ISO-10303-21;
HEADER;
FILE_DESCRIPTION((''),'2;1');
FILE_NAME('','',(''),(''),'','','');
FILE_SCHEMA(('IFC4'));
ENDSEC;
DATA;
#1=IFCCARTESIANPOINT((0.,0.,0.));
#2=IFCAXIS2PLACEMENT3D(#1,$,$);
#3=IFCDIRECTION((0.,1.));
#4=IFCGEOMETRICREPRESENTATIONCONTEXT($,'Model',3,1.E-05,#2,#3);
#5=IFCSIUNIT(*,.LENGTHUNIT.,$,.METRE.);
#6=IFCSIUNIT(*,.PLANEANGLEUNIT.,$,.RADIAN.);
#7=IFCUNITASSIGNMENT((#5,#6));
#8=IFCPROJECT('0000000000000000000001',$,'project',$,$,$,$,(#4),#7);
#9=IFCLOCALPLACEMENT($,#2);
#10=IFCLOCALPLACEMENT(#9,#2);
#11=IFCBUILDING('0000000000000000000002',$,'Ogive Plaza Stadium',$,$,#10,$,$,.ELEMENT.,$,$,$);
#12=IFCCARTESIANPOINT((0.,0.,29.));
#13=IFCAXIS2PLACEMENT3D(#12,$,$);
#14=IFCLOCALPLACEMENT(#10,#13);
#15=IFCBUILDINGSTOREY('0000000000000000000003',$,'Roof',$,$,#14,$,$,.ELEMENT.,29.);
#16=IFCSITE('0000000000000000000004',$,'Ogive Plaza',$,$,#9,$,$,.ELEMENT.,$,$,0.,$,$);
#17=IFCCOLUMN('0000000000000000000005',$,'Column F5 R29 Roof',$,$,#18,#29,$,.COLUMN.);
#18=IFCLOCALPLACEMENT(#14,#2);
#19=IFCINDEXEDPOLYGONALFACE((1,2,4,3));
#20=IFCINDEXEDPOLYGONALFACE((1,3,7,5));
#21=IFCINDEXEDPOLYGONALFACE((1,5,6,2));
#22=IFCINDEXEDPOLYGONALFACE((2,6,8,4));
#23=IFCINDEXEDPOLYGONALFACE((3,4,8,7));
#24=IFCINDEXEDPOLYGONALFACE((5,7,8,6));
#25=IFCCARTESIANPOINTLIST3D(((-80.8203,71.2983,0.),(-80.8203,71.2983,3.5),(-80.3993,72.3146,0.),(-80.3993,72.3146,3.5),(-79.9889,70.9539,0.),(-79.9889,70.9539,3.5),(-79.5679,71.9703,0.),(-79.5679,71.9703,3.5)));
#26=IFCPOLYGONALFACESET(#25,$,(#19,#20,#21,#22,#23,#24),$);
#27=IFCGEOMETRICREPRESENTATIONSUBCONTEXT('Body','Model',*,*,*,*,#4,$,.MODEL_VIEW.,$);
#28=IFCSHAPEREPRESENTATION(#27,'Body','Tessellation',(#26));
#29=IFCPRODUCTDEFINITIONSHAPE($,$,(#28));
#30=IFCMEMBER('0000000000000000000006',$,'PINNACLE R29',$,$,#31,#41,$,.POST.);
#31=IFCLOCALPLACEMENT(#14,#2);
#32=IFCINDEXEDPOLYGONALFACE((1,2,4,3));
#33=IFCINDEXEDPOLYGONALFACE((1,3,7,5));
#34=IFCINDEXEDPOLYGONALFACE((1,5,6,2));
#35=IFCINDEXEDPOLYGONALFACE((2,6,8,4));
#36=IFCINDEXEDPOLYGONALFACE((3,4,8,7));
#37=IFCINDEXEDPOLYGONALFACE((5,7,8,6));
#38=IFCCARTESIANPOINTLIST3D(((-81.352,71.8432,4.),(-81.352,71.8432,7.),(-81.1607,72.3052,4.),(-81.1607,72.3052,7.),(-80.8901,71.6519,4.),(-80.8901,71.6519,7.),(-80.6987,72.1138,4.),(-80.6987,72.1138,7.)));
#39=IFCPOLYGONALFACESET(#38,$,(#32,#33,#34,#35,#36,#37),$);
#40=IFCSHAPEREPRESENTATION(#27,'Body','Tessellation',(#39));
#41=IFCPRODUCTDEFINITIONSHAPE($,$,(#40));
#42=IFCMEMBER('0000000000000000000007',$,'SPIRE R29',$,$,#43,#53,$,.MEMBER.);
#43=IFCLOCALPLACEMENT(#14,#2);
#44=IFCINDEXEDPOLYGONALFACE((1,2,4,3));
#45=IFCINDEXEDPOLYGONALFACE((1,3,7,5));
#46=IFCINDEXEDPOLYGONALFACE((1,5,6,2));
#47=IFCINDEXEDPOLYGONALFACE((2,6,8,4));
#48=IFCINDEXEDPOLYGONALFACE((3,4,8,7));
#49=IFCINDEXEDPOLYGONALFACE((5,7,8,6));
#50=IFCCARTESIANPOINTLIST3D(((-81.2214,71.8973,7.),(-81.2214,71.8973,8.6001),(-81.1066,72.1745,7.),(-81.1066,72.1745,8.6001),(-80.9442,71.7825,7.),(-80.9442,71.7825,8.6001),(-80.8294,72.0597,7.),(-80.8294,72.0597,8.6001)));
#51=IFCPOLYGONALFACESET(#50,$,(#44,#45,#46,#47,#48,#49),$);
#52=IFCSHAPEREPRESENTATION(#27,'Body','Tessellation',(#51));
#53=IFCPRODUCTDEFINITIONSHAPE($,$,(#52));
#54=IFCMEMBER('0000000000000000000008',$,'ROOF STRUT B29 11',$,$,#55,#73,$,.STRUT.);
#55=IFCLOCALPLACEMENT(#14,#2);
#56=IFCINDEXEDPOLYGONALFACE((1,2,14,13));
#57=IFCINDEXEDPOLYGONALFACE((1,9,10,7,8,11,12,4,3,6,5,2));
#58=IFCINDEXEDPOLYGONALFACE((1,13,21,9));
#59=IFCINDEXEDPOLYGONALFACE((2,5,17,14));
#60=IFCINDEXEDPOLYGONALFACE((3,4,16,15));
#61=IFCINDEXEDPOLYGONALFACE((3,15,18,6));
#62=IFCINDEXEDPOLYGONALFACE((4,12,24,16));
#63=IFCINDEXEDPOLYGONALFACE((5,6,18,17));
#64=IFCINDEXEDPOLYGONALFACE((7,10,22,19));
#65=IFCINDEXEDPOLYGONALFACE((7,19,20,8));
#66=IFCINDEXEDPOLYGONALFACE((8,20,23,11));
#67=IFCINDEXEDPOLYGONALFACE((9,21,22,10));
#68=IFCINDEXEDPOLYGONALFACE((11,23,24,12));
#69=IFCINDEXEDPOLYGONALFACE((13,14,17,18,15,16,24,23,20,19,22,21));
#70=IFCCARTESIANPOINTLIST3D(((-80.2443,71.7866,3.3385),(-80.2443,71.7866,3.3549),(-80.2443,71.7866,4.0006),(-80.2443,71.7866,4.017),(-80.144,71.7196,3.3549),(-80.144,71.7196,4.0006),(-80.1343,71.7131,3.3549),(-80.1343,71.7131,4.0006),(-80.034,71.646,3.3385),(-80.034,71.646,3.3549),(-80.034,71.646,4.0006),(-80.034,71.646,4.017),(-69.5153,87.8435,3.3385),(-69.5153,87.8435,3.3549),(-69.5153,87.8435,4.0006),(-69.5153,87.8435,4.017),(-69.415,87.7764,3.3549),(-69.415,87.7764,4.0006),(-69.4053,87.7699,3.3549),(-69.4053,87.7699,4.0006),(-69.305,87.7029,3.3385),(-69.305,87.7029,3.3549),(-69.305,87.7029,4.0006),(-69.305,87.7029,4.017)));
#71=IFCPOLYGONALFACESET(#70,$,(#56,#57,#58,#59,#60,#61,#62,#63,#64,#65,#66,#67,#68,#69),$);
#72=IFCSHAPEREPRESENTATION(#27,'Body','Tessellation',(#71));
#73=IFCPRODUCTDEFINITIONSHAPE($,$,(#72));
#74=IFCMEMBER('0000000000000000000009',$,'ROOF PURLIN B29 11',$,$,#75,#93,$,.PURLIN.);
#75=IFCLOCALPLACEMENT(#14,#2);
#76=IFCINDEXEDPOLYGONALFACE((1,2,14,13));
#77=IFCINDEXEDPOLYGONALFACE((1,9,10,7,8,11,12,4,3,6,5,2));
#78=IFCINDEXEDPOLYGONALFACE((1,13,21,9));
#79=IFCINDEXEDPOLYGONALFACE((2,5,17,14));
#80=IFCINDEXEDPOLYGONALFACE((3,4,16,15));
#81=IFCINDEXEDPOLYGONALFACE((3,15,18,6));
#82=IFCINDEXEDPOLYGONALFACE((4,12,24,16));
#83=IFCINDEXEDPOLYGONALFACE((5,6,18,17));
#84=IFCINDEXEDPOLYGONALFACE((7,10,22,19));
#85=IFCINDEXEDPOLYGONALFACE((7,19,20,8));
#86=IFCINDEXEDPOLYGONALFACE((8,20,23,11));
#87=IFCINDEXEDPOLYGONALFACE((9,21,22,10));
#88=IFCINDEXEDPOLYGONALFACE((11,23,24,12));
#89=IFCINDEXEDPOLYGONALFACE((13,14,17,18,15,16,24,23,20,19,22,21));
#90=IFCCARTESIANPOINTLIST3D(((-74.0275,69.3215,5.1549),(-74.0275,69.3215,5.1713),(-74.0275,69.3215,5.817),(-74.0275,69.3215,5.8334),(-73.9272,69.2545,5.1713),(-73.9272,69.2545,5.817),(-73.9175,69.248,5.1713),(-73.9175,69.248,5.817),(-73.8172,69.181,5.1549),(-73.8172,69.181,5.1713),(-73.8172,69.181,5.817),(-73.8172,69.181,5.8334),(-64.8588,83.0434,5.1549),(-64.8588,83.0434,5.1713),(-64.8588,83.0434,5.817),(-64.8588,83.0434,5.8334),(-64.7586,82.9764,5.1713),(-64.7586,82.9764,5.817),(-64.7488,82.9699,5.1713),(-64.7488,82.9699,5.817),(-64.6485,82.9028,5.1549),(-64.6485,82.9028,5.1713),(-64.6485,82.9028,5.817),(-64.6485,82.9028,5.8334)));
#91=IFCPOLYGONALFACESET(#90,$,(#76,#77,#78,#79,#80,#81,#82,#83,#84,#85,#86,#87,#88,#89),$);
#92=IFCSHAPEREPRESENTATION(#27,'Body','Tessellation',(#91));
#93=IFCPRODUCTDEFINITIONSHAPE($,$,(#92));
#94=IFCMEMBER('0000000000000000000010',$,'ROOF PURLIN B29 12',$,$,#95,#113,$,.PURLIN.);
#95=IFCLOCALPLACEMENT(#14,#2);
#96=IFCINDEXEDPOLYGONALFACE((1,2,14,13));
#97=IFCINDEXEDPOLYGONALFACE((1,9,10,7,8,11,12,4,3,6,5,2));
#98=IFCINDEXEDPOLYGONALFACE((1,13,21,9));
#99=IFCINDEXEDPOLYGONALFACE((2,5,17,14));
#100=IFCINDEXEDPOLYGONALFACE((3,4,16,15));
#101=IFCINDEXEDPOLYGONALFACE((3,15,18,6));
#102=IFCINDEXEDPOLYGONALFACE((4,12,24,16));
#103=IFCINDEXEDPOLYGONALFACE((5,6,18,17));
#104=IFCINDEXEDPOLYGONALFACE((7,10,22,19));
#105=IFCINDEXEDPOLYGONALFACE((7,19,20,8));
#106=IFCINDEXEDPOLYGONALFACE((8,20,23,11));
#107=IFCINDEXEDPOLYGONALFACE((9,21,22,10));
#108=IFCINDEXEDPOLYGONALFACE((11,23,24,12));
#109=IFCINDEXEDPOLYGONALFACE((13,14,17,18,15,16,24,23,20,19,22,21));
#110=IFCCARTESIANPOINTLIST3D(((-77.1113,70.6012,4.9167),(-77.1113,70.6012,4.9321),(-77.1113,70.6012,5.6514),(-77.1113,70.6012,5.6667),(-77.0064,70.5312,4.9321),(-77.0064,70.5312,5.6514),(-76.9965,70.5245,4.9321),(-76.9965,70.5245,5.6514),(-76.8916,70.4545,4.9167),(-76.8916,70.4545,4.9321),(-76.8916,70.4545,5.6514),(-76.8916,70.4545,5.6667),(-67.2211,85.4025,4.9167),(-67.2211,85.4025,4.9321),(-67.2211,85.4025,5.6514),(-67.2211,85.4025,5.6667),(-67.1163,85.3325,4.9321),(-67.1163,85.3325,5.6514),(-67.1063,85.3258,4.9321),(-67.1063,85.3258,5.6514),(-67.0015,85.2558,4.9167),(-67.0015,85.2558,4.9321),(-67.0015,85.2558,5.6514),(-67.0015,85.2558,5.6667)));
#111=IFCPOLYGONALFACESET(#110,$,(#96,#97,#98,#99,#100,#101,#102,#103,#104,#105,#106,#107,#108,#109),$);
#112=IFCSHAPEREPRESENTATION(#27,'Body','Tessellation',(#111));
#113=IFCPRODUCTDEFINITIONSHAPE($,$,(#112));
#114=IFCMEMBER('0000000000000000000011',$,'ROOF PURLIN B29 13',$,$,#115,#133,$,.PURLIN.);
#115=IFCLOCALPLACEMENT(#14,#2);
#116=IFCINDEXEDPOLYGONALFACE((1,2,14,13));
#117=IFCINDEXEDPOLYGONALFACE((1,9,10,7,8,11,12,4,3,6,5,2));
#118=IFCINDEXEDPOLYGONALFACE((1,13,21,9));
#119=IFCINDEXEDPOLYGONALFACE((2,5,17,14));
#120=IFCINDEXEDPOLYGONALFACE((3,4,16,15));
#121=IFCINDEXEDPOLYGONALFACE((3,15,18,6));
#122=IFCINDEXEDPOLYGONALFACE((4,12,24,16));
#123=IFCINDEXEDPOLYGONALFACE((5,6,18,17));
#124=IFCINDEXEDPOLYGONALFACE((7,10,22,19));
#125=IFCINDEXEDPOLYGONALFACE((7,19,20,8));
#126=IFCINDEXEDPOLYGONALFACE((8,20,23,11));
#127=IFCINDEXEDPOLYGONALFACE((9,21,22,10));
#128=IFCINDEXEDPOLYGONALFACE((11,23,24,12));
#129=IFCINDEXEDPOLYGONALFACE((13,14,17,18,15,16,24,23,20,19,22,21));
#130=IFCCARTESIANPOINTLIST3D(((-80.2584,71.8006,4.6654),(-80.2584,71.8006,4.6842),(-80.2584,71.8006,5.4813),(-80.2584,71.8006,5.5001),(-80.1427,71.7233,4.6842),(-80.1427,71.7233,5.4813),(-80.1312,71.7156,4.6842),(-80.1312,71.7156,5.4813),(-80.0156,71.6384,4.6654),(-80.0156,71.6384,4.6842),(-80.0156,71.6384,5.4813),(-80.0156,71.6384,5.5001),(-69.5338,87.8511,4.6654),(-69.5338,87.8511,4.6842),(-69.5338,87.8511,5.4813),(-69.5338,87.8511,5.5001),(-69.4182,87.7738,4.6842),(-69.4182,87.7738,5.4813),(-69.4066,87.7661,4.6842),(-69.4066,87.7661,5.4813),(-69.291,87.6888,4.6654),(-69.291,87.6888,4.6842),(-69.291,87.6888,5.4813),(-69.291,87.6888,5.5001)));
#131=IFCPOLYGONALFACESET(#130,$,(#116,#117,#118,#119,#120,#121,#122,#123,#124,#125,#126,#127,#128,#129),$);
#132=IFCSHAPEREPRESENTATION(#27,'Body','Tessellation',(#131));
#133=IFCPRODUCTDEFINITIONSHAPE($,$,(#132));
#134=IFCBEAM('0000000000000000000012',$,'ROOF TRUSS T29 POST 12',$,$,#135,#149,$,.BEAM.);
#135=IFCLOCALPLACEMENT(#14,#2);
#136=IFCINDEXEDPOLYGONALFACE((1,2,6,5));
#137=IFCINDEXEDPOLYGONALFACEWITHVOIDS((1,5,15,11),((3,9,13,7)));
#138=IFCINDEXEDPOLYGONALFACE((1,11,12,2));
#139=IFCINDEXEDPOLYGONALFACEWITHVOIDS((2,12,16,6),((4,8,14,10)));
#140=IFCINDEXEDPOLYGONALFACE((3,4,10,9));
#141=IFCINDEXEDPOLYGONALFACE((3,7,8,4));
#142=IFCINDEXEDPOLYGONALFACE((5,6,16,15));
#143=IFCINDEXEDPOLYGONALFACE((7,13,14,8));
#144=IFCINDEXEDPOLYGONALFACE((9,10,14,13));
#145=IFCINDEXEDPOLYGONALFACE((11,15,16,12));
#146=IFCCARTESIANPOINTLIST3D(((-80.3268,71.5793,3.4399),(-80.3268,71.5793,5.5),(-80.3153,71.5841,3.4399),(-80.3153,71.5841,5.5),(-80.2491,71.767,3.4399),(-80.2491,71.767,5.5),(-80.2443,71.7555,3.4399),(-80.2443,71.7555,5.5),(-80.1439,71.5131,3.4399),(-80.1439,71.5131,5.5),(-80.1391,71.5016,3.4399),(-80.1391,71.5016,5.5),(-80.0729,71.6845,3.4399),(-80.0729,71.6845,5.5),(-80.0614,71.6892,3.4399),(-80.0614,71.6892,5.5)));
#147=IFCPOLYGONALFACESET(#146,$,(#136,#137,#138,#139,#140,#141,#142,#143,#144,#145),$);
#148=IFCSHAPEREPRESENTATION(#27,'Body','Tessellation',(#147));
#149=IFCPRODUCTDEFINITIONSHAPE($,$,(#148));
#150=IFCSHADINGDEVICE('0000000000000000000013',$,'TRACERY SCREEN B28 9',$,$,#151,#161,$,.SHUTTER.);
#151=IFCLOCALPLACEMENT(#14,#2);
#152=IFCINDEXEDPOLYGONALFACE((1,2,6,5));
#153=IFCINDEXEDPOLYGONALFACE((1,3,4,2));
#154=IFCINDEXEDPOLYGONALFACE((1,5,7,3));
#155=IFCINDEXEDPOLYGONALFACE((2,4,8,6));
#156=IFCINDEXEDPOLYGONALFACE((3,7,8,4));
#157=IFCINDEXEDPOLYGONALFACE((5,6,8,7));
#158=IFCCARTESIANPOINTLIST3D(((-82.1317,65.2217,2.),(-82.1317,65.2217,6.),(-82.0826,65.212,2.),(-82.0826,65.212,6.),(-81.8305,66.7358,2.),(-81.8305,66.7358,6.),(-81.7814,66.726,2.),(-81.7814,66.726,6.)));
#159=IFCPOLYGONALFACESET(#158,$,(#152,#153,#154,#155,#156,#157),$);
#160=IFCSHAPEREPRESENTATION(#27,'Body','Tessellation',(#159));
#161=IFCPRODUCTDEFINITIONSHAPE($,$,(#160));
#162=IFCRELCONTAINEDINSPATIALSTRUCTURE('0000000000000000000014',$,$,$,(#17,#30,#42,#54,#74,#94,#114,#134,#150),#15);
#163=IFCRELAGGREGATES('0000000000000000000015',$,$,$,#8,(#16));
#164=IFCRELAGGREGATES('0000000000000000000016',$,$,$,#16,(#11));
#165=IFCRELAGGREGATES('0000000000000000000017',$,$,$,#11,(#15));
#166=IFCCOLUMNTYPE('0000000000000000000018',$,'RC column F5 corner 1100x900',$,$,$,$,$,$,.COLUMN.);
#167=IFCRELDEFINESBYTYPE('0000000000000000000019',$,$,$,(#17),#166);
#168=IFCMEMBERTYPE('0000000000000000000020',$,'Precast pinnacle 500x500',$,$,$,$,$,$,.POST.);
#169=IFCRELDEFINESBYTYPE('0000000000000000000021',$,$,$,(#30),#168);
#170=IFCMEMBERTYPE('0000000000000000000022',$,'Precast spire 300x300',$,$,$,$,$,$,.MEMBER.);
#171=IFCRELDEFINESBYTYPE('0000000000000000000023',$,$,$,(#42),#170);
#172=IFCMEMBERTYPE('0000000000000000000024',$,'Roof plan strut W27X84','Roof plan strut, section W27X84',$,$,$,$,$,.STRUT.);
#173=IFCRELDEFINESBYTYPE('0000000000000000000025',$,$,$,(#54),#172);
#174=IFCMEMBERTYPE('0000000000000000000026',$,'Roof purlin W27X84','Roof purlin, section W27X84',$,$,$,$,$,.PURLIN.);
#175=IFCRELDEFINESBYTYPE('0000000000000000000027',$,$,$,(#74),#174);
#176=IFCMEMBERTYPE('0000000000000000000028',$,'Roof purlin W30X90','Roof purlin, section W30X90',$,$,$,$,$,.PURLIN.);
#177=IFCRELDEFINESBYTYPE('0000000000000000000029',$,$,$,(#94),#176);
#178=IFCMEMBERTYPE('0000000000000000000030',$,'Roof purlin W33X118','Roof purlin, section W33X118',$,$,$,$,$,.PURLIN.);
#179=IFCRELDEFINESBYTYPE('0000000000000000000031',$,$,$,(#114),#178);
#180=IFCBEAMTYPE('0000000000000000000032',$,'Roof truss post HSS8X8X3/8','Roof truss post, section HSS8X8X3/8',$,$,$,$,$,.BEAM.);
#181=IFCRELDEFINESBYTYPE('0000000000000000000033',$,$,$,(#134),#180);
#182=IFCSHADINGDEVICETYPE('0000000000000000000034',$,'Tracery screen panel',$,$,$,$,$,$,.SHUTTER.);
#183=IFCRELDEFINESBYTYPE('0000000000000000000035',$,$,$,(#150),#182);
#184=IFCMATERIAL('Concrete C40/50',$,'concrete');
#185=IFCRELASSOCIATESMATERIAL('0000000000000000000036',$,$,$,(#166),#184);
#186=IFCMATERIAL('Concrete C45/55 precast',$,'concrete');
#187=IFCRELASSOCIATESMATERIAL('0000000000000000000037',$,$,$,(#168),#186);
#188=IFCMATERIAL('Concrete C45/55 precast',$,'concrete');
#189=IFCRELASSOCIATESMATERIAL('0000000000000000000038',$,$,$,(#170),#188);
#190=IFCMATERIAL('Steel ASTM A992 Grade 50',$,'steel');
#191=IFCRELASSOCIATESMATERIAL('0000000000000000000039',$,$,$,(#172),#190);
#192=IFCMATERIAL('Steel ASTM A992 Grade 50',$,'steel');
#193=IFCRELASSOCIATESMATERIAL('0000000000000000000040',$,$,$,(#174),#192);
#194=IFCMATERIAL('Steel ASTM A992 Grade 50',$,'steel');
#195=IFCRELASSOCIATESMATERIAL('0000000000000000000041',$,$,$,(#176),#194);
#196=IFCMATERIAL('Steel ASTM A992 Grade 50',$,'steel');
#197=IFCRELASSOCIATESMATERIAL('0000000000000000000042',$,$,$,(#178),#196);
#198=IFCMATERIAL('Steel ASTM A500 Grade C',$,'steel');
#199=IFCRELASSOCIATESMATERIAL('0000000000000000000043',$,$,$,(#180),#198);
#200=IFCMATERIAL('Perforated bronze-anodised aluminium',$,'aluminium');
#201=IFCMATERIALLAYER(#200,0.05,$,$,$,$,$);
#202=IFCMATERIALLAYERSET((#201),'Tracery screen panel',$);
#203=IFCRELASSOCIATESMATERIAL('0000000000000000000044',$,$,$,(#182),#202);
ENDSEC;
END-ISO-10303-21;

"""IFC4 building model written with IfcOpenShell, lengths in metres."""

from ifc_helpers import new_model, si_unit, direction, frame, origin, origin_2d, place, context, subcontext, project, spatial, rectangle, hollow_rectangle, i_section, extrude, material, layer, layer_set, material_profile, profile_set, type_object, element, save


model = new_model("IFC4")

# Units and contexts
model_context = context("Model", 3, precision=1e-05, world=origin(), true_north=direction((0.0, 1.0)))
body_context = subcontext(model_context, "Body", "Model", "MODEL_VIEW")
ifc_project = project(units=[si_unit("LENGTHUNIT", "METRE"), si_unit("PLANEANGLEUNIT", "RADIAN")], contexts=[model_context])

# Site, building, storey
site_placement = place(None, origin())
site = spatial("IfcSite", under=ifc_project, at=site_placement, Name="Ogive Plaza", CompositionType="ELEMENT", RefElevation=0.0)
building_placement = place(site_placement, origin())
building = spatial("IfcBuilding", under=site, at=building_placement, Name="Ogive Plaza Stadium", CompositionType="ELEMENT")
storey_placement = place(building_placement, frame((0.0, 0.0, 29.0)))
storey = spatial("IfcBuildingStorey", under=building, at=storey_placement, Name="Roof", CompositionType="ELEMENT", Elevation=29.0)

# Column
ifc_material_1 = material(Name="Concrete C40/50", Category="concrete")
ifc_material_profile_1 = material_profile(ifc_material_1, rectangle(XDim=1.1001, YDim=0.8999, at=origin_2d()), Name="RC 1100x900")
ifc_profile_set_1 = profile_set([ifc_material_profile_1], Name="Concrete C40/50")
column_type = type_object("IfcColumnType", Name="RC column F5 corner 1100x900", PredefinedType="COLUMN", material=ifc_profile_set_1)
column_placement = place(storey_placement, frame((-80.1941, 71.6343, 0.0), z_axis=(0.0, 0.0, 1.0), x_axis=(-0.382683, -0.92388, 0.0)))
element("IfcColumn", 1, at=column_placement, inside=storey, type_object=column_type, Name="Column F5 R29 Roof", PredefinedType="COLUMN", context=body_context, shape_type="SweptSolid", body=[
    extrude(rectangle(XDim=1.1001, YDim=0.8999, at=origin_2d()), origin(), (0.0, 0.0, 1.0), 3.5),
])

# Members
ifc_material_2 = material(Name="Concrete C45/55 precast", Category="concrete")
ifc_material_profile_2 = material_profile(ifc_material_2, rectangle(XDim=0.5, YDim=0.5, at=origin_2d()), Name="RC 500x500")
ifc_profile_set_2 = profile_set([ifc_material_profile_2], Name="Concrete C45/55 precast")
member_type_1 = type_object("IfcMemberType", Name="Precast pinnacle 500x500", PredefinedType="POST", material=ifc_profile_set_2)
member_1_placement = place(storey_placement, frame((-81.0254, 71.9785, 4.0), z_axis=(0.0, 0.0, 1.0), x_axis=(-0.382683, -0.92388, 0.0)))
element("IfcMember", 2, at=member_1_placement, inside=storey, type_object=member_type_1, Name="PINNACLE R29", PredefinedType="POST", context=body_context, shape_type="SweptSolid", body=[
    extrude(rectangle(XDim=0.5, YDim=0.5, at=origin_2d()), origin(), (0.0, 0.0, 1.0), 3.0),
])
ifc_material_3 = material(Name="Concrete C45/55 precast", Category="concrete")
ifc_material_profile_3 = material_profile(ifc_material_3, rectangle(XDim=0.3, YDim=0.3, at=origin_2d()), Name="RC 300x300")
ifc_profile_set_3 = profile_set([ifc_material_profile_3], Name="Concrete C45/55 precast")
member_type_2 = type_object("IfcMemberType", Name="Precast spire 300x300", PredefinedType="MEMBER", material=ifc_profile_set_3)
member_2_placement = place(storey_placement, frame((-81.0254, 71.9785, 7.0), z_axis=(0.0, 0.0, 1.0), x_axis=(-0.382683, -0.92388, 0.0)))
element("IfcMember", 3, at=member_2_placement, inside=storey, type_object=member_type_2, Name="SPIRE R29", PredefinedType="MEMBER", context=body_context, shape_type="SweptSolid", body=[
    extrude(rectangle(XDim=0.3, YDim=0.3, at=origin_2d()), origin(), (0.0, 0.0, 1.0), 1.6001),
])
ifc_material_4 = material(Name="Steel ASTM A992 Grade 50", Category="steel")
ifc_material_profile_4 = material_profile(ifc_material_4, i_section(OverallWidth=0.2529, OverallDepth=0.6785, WebThickness=0.0117, FlangeThickness=0.0164, at=origin_2d()), Name="W27X84")
ifc_profile_set_4 = profile_set([ifc_material_profile_4], Name="Steel ASTM A992 Grade 50")
member_type_3 = type_object("IfcMemberType", Name="Roof plan strut W27X84", Description="Roof plan strut, section W27X84", PredefinedType="STRUT", material=ifc_profile_set_4)
member_3_placement = place(storey_placement, frame((-80.1392, 71.7163, 3.6777), z_axis=(0.555575, 0.831466, 0.0), x_axis=(-0.831466, 0.555575, 0.0)))
element("IfcMember", 4, at=member_3_placement, inside=storey, type_object=member_type_3, Name="ROOF STRUT B29 11", PredefinedType="STRUT", context=body_context, shape_type="SweptSolid", body=[
    extrude(i_section(OverallWidth=0.2529, OverallDepth=0.6785, WebThickness=0.0117, FlangeThickness=0.0164, at=origin_2d()), origin(), (0.0, 0.0, 1.0), 19.3115),
])
ifc_material_5 = material(Name="Steel ASTM A992 Grade 50", Category="steel")
ifc_material_profile_5 = material_profile(ifc_material_5, i_section(OverallWidth=0.2529, OverallDepth=0.6785, WebThickness=0.0117, FlangeThickness=0.0164, at=origin_2d()), Name="W27X84")
ifc_profile_set_5 = profile_set([ifc_material_profile_5], Name="Steel ASTM A992 Grade 50")
member_type_4 = type_object("IfcMemberType", Name="Roof purlin W27X84", Description="Roof purlin, section W27X84", PredefinedType="PURLIN", material=ifc_profile_set_5)
member_4_placement = place(storey_placement, frame((-73.9224, 69.2512, 5.4941), z_axis=(0.55557, 0.831469, 0.0), x_axis=(-0.831469, 0.55557, 0.0)))
element("IfcMember", 5, at=member_4_placement, inside=storey, type_object=member_type_4, Name="ROOF PURLIN B29 11", PredefinedType="PURLIN", context=body_context, shape_type="SweptSolid", body=[
    extrude(i_section(OverallWidth=0.2529, OverallDepth=0.6785, WebThickness=0.0117, FlangeThickness=0.0164, at=origin_2d()), origin(), (0.0, 0.0, 1.0), 16.5032),
])
ifc_material_6 = material(Name="Steel ASTM A992 Grade 50", Category="steel")
ifc_material_profile_6 = material_profile(ifc_material_6, i_section(OverallWidth=0.2642, OverallDepth=0.75, WebThickness=0.012, FlangeThickness=0.0154, at=origin_2d()), Name="W30X90")
ifc_profile_set_6 = profile_set([ifc_material_profile_6], Name="Steel ASTM A992 Grade 50")
member_type_5 = type_object("IfcMemberType", Name="Roof purlin W30X90", Description="Roof purlin, section W30X90", PredefinedType="PURLIN", material=ifc_profile_set_6)
member_5_placement = place(storey_placement, frame((-77.0015, 70.5278, 5.2917), z_axis=(0.55558, 0.831463, 0.0), x_axis=(-0.831463, 0.55558, 0.0)))
element("IfcMember", 6, at=member_5_placement, inside=storey, type_object=member_type_5, Name="ROOF PURLIN B29 12", PredefinedType="PURLIN", context=body_context, shape_type="SweptSolid", body=[
    extrude(i_section(OverallWidth=0.2642, OverallDepth=0.75, WebThickness=0.012, FlangeThickness=0.0154, at=origin_2d()), origin(), (0.0, 0.0, 1.0), 17.8015),
])
ifc_material_7 = material(Name="Steel ASTM A992 Grade 50", Category="steel")
ifc_material_profile_7 = material_profile(ifc_material_7, i_section(OverallWidth=0.292, OverallDepth=0.8347, WebThickness=0.0139, FlangeThickness=0.0188, at=origin_2d()), Name="W33X118")
ifc_profile_set_7 = profile_set([ifc_material_profile_7], Name="Steel ASTM A992 Grade 50")
member_type_6 = type_object("IfcMemberType", Name="Roof purlin W33X118", Description="Roof purlin, section W33X118", PredefinedType="PURLIN", material=ifc_profile_set_7)
member_6_placement = place(storey_placement, frame((-80.137, 71.7195, 5.0828), z_axis=(0.55557, 0.83147, 0.0), x_axis=(-0.83147, 0.55557, 0.0)))
element("IfcMember", 7, at=member_6_placement, inside=storey, type_object=member_type_6, Name="ROOF PURLIN B29 13", PredefinedType="PURLIN", context=body_context, shape_type="SweptSolid", body=[
    extrude(i_section(OverallWidth=0.292, OverallDepth=0.8347, WebThickness=0.0139, FlangeThickness=0.0188, at=origin_2d()), origin(), (0.0, 0.0, 1.0), 19.3037),
])

# Beam
ifc_material_8 = material(Name="Steel ASTM A500 Grade C", Category="steel")
ifc_material_profile_8 = material_profile(ifc_material_8, hollow_rectangle(XDim=0.2031, YDim=0.2031, WallThickness=0.0088, at=origin_2d()), Name="HSS8X8X3/8")
ifc_profile_set_8 = profile_set([ifc_material_profile_8], Name="Steel ASTM A500 Grade C")
beam_type = type_object("IfcBeamType", Name="Roof truss post HSS8X8X3/8", Description="Roof truss post, section HSS8X8X3/8", PredefinedType="BEAM", material=ifc_profile_set_8)
beam_placement = place(storey_placement, frame((-80.1941, 71.6343, 3.4399), z_axis=(0.0, 0.0, 1.0), x_axis=(-0.382683, -0.92388, 0.0)))
element("IfcBeam", 8, at=beam_placement, inside=storey, type_object=beam_type, Name="ROOF TRUSS T29 POST 12", PredefinedType="BEAM", context=body_context, shape_type="SweptSolid", body=[
    extrude(hollow_rectangle(XDim=0.2031, YDim=0.2031, WallThickness=0.0088, at=origin_2d()), origin(), (0.0, 0.0, 1.0), 2.0601),
])

# Shading device
ifc_material_9 = material(Name="Perforated bronze-anodised aluminium", Category="aluminium")
ifc_layer_1 = layer(ifc_material_9, 0.05)
ifc_layer_set_1 = layer_set([ifc_layer_1], Name="Tracery screen panel")
shading_device_type = type_object("IfcShadingDeviceType", Name="Tracery screen panel", PredefinedType="SHUTTER", material=ifc_layer_set_1)
for number, where, z_axis, x_axis, name in (
    (9, (-81.9565, 65.9739, 2.0), (0.0, 0.0, 1.0), (0.19509, 0.980785, 0.0), "TRACERY SCREEN B28 9"),
):
    element("IfcShadingDevice", number, at=place(storey_placement, frame(where, z_axis=z_axis, x_axis=x_axis)), inside=storey, type_object=shading_device_type, Name=name, PredefinedType="SHUTTER", context=body_context, shape_type="SweptSolid", body=[
        extrude(rectangle(XDim=1.5437, YDim=0.05, at=origin_2d()), origin(), (0.0, 0.0, 1.0), 4.0),
    ])

save(model, "model.ifc")
